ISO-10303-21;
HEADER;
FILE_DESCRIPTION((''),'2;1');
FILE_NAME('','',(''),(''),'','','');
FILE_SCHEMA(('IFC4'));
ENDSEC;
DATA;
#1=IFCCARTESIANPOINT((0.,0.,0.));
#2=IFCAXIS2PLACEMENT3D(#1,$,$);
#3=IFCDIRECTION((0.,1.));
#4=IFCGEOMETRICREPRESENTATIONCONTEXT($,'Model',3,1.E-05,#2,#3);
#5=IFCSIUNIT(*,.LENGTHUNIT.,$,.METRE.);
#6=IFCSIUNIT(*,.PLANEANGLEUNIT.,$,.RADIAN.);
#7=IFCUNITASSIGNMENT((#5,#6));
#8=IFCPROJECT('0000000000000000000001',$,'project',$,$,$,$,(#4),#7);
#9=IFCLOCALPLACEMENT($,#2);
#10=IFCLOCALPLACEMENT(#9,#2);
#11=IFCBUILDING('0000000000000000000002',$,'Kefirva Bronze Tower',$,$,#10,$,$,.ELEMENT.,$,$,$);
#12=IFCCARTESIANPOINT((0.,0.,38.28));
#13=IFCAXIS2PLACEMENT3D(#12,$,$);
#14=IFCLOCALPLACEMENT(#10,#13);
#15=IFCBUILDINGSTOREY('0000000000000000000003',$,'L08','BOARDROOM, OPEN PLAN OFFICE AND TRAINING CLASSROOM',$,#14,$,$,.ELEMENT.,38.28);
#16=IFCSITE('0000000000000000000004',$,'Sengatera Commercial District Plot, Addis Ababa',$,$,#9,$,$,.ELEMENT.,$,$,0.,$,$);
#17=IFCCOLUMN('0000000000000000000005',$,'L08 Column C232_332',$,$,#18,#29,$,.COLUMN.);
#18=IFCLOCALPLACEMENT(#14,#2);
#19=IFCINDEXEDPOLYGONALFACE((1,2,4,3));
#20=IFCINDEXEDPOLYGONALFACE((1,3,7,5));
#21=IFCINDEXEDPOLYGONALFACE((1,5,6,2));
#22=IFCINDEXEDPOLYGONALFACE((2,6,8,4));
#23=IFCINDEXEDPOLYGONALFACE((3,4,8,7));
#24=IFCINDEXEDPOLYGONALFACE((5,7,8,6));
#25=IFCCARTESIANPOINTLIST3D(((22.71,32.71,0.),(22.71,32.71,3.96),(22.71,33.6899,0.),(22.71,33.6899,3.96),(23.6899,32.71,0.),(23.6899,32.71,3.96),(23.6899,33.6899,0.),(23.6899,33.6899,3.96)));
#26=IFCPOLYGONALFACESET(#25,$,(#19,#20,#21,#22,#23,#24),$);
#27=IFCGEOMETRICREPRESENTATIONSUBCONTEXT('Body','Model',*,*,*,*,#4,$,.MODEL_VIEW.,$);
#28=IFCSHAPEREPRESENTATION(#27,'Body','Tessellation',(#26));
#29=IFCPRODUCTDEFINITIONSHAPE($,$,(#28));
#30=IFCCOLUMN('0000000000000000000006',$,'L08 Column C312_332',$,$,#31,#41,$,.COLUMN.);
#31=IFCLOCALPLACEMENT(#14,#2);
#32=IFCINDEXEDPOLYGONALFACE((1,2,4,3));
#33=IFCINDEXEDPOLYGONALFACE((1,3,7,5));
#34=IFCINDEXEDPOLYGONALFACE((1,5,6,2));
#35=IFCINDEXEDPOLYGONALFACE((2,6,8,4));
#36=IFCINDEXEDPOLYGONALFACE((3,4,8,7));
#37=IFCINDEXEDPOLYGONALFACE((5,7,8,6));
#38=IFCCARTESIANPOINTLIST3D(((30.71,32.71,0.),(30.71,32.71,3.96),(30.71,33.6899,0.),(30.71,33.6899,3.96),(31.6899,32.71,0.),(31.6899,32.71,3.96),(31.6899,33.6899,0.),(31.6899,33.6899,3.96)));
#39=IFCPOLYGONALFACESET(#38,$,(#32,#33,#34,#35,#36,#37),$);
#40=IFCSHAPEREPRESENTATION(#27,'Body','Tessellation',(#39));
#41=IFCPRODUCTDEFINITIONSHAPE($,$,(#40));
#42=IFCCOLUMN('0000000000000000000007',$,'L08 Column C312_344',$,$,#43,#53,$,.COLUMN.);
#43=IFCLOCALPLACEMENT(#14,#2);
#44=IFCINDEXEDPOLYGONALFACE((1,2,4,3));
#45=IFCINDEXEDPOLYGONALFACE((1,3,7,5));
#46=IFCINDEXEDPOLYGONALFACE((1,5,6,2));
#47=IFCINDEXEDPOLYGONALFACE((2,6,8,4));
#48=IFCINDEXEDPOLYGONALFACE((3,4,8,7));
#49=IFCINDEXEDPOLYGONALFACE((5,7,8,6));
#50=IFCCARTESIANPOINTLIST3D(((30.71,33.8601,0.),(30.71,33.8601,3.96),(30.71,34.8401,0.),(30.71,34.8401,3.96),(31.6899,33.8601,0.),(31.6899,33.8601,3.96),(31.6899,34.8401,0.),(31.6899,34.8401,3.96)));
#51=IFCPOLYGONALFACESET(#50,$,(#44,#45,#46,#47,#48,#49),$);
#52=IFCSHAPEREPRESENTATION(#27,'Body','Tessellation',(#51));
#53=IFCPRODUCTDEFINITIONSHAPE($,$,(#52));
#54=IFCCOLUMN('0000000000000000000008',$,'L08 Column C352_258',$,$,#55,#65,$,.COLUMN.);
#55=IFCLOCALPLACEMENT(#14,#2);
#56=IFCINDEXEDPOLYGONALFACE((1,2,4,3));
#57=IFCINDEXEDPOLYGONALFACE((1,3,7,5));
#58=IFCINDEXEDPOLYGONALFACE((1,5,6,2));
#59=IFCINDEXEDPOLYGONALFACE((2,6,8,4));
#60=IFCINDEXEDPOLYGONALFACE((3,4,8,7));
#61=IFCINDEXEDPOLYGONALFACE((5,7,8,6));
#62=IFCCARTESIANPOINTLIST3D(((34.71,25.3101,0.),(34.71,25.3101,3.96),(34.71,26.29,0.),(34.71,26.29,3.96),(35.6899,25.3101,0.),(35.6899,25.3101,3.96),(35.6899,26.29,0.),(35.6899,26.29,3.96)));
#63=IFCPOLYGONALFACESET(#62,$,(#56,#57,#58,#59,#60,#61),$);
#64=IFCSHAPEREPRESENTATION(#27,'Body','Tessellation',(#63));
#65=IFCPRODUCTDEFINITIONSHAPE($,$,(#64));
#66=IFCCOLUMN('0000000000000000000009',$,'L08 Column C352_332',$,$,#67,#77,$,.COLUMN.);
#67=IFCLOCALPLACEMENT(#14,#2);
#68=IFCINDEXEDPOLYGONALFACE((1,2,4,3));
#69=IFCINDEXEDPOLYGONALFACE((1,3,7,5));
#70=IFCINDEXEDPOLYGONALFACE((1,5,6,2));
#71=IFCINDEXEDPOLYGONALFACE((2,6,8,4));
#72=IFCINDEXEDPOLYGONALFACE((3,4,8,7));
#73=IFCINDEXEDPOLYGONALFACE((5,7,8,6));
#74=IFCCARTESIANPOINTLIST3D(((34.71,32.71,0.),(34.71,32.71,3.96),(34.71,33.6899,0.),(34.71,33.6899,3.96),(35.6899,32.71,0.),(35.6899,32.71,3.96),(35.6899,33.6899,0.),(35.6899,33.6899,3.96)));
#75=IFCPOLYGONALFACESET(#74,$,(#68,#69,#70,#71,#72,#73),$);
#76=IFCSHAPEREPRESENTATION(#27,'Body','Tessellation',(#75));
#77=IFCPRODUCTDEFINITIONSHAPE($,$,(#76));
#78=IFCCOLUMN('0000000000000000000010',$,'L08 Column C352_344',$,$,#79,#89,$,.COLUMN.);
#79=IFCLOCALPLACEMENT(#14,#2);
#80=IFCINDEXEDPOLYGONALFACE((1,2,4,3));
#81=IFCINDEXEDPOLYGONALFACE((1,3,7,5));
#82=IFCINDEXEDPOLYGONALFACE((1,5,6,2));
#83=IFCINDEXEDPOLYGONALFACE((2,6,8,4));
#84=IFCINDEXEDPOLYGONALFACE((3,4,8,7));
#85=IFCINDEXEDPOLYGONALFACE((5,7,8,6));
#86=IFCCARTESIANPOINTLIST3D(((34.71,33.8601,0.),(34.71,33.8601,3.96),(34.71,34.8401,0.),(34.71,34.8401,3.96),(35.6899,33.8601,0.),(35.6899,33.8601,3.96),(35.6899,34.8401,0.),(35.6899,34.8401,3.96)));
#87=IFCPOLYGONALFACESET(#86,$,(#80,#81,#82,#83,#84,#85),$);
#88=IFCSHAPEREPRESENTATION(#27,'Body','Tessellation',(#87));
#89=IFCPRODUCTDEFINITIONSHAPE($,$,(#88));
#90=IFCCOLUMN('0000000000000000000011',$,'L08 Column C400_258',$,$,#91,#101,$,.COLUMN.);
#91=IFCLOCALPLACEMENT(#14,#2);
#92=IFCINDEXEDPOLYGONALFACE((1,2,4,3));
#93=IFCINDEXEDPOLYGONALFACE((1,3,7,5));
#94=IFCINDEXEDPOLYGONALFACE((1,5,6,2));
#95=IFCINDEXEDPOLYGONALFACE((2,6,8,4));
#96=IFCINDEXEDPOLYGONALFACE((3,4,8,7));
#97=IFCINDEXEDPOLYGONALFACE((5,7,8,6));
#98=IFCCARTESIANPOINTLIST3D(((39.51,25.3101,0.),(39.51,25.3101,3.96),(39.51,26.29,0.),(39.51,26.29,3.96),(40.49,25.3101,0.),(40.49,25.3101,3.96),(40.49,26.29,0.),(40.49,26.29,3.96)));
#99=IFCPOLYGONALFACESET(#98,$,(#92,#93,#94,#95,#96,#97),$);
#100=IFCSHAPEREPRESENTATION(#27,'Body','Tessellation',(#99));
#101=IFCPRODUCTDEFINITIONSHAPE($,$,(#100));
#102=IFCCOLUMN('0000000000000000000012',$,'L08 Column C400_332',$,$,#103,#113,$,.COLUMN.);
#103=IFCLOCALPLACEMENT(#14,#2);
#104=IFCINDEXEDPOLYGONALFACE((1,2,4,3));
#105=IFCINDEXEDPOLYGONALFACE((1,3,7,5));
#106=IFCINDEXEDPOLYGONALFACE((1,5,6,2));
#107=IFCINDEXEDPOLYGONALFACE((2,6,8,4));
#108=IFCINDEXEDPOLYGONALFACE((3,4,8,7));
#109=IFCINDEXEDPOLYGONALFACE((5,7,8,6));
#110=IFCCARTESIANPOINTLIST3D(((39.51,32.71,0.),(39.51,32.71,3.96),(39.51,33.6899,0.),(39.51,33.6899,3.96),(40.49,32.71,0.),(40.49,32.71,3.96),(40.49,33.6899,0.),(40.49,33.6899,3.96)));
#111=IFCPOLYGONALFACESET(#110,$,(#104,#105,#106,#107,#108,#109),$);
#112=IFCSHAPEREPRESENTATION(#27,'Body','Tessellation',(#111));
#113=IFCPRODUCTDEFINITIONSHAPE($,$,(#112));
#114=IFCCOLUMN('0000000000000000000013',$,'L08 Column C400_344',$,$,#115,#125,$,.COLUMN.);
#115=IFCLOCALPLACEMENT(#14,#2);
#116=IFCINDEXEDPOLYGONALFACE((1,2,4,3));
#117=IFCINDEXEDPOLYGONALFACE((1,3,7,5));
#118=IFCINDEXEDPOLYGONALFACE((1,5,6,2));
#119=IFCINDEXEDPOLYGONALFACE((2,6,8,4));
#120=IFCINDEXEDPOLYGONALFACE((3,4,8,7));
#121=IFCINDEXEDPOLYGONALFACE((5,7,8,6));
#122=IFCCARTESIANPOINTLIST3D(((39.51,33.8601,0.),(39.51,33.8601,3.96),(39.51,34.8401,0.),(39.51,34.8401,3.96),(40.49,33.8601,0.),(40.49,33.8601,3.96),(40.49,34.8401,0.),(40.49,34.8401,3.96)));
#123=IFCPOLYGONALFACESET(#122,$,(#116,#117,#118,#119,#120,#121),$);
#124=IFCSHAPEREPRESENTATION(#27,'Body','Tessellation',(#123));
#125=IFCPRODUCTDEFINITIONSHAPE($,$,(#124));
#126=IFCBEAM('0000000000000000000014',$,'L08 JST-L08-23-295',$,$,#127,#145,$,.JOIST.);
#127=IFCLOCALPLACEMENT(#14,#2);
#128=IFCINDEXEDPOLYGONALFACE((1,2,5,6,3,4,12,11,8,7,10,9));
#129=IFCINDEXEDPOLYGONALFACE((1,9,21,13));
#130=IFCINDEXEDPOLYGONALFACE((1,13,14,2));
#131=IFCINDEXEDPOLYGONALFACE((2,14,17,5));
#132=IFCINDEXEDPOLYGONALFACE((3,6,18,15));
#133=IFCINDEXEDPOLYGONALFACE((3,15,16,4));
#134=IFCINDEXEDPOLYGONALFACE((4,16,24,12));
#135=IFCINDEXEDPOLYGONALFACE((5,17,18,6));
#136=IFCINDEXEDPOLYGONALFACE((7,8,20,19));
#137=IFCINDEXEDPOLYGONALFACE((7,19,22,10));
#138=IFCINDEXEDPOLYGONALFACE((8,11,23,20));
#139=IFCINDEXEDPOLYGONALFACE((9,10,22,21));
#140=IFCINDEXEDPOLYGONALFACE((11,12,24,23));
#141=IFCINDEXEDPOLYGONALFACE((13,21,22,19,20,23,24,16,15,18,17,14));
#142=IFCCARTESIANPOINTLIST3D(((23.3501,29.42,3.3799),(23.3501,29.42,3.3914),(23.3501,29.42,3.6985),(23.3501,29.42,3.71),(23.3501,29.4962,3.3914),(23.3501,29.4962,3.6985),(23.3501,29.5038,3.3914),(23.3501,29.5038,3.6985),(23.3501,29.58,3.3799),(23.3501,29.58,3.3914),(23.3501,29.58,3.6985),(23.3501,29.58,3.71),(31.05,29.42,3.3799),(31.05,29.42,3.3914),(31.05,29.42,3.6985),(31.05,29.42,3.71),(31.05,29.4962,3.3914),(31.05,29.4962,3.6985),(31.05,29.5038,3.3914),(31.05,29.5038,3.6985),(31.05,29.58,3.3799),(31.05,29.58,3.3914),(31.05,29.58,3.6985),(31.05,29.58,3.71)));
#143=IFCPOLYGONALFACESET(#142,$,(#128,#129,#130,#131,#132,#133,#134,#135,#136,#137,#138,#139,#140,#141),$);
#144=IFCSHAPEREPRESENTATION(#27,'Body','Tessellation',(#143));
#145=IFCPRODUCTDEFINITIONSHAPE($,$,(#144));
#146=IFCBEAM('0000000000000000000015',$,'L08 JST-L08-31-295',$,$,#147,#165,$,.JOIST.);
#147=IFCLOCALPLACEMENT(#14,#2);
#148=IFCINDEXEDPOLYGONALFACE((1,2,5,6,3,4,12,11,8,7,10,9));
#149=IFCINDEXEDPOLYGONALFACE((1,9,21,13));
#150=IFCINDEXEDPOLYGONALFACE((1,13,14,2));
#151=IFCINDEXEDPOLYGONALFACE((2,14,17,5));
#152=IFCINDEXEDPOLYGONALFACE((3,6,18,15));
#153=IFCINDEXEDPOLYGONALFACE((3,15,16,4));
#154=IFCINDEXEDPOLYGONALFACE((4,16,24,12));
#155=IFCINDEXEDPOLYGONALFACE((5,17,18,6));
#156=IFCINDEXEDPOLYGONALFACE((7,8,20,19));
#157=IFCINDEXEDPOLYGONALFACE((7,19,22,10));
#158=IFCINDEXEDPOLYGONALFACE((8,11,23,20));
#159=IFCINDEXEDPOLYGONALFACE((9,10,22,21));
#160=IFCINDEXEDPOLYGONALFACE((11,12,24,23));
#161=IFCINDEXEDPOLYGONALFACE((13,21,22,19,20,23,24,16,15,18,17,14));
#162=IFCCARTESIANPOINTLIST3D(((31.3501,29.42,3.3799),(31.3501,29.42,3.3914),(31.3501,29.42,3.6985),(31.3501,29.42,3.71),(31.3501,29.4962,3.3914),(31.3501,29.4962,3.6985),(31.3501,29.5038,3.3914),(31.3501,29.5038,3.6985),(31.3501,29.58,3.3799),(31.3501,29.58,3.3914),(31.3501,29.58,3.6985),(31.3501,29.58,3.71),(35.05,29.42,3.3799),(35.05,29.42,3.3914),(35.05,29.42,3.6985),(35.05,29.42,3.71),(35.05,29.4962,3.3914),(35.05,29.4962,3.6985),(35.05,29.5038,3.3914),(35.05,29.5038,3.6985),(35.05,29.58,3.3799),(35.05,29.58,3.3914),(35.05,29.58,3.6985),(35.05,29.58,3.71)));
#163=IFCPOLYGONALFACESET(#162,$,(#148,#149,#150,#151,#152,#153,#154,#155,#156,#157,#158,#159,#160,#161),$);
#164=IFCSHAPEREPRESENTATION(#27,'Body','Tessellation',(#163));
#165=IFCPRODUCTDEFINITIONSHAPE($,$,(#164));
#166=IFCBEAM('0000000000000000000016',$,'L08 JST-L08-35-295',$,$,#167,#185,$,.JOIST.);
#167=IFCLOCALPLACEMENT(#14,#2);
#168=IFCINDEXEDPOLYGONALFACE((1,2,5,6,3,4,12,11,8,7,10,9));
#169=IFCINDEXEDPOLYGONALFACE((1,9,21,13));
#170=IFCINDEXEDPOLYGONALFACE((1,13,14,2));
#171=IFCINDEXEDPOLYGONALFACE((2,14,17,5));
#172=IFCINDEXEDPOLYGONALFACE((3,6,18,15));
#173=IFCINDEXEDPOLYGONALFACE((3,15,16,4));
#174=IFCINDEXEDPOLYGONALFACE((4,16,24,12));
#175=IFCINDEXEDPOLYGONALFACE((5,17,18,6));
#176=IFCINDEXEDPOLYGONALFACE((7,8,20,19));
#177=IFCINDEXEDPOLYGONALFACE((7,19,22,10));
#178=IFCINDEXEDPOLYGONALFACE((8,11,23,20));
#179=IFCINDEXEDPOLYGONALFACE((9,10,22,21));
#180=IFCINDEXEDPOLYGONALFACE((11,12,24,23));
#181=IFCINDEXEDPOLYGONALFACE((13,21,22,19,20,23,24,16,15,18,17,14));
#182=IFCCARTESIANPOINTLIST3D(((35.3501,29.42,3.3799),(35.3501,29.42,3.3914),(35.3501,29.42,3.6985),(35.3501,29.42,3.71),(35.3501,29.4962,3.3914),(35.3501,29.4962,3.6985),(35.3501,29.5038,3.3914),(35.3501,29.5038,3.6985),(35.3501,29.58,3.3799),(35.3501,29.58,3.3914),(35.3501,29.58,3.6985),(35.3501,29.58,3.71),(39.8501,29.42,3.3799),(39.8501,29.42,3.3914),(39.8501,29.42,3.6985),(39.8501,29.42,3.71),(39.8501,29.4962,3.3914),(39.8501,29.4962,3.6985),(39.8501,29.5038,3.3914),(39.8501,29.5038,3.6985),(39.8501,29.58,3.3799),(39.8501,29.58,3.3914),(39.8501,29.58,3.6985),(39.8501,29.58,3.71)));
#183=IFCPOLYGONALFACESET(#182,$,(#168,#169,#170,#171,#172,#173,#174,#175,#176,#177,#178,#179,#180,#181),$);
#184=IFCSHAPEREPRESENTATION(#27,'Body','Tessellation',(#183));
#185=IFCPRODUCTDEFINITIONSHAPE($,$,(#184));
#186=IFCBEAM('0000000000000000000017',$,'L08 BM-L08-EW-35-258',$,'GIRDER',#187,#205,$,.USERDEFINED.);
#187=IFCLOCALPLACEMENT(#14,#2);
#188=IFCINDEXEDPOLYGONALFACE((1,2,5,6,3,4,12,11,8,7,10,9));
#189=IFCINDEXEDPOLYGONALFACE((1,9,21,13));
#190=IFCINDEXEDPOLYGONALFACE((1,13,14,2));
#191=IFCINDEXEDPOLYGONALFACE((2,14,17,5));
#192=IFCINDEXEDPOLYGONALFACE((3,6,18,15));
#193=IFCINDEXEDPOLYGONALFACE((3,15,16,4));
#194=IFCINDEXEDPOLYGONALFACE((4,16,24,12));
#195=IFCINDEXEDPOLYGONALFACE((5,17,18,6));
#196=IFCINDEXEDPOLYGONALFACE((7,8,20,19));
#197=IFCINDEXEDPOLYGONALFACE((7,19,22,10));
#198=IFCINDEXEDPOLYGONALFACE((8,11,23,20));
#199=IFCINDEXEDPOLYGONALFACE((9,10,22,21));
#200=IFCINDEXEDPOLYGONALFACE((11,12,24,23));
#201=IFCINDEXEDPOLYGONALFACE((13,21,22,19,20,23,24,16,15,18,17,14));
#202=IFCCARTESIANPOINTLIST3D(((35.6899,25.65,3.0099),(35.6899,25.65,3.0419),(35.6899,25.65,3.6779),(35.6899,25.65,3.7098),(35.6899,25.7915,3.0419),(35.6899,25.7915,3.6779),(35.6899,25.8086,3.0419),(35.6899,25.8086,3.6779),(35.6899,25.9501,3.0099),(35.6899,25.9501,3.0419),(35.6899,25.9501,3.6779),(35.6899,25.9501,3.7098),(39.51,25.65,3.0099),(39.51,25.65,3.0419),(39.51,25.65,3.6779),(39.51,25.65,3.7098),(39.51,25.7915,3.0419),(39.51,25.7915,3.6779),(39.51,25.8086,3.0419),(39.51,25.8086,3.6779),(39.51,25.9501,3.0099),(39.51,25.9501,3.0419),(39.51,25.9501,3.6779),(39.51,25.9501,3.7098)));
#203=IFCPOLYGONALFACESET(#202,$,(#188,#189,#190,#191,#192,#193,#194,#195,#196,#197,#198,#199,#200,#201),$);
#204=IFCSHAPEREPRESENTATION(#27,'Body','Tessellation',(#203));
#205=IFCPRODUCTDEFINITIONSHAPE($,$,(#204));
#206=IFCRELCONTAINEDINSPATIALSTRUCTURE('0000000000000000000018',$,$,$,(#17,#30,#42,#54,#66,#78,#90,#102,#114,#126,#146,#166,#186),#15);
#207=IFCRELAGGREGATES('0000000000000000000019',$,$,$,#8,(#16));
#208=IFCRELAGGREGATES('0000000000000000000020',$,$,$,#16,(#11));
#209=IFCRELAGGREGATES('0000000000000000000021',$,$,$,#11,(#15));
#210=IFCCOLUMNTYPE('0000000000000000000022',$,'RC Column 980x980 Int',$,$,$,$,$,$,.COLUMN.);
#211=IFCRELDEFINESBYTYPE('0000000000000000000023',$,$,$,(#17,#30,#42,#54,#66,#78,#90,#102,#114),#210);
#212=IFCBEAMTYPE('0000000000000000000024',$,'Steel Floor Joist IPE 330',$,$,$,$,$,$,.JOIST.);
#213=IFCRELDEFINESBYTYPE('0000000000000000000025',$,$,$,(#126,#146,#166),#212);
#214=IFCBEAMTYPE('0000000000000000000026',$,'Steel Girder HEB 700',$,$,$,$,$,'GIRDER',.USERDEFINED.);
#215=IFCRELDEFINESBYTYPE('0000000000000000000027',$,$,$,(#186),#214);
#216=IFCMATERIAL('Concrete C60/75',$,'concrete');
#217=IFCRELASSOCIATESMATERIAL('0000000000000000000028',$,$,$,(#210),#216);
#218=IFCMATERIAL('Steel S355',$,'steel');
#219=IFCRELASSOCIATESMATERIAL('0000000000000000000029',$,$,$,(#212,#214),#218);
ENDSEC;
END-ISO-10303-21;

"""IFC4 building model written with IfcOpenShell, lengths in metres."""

from ifc_helpers import new_model, si_unit, direction, frame, origin, origin_2d, place, context, subcontext, project, spatial, rectangle, i_section, extrude, material, material_profile, profile_set, type_object, element, save


model = new_model("IFC4")

# Units and contexts
model_context = context("Model", 3, precision=1e-05, world=origin(), true_north=direction((0.0, 1.0)))
body_context = subcontext(model_context, "Body", "Model", "MODEL_VIEW")
ifc_project = project(units=[si_unit("LENGTHUNIT", "METRE"), si_unit("PLANEANGLEUNIT", "RADIAN")], contexts=[model_context])

# Site, building, storey
site_placement = place(None, origin())
site = spatial("IfcSite", under=ifc_project, at=site_placement, Name="Sengatera Commercial District Plot, Addis Ababa", CompositionType="ELEMENT", RefElevation=0.0)
building_placement = place(site_placement, origin())
building = spatial("IfcBuilding", under=site, at=building_placement, Name="Kefirva Bronze Tower", CompositionType="ELEMENT")
storey_placement = place(building_placement, frame((0.0, 0.0, 38.28)))
storey = spatial("IfcBuildingStorey", under=building, at=storey_placement, Name="L08", Description="BOARDROOM, OPEN PLAN OFFICE AND TRAINING CLASSROOM", CompositionType="ELEMENT", Elevation=38.28)

# Columns
ifc_material_1 = material(Name="Concrete C60/75", Category="concrete")
ifc_material_profile_1 = material_profile(ifc_material_1, rectangle(XDim=0.98, YDim=0.98, at=origin_2d()), Name="RC 980x980")
ifc_profile_set_1 = profile_set([ifc_material_profile_1], Name="Concrete C60/75")
column_type = type_object("IfcColumnType", Name="RC Column 980x980 Int", PredefinedType="COLUMN", material=ifc_profile_set_1)
for number, where, z_axis, x_axis, name in (
    (1, (23.2, 33.2, 0.0), (0.0, 0.0, 1.0), (1.0, 0.0, 0.0), "L08 Column C232_332"),
    (2, (31.2, 33.2, 0.0), (0.0, 0.0, 1.0), (1.0, 0.0, 0.0), "L08 Column C312_332"),
    (3, (31.2, 34.3501, 0.0), (0.0, 0.0, 1.0), (1.0, 0.0, 0.0), "L08 Column C312_344"),
    (4, (35.2, 25.8, 0.0), (0.0, 0.0, 1.0), (1.0, 0.0, 0.0), "L08 Column C352_258"),
    (5, (35.2, 33.2, 0.0), (0.0, 0.0, 1.0), (1.0, 0.0, 0.0), "L08 Column C352_332"),
    (6, (35.2, 34.3501, 0.0), (0.0, 0.0, 1.0), (1.0, 0.0, 0.0), "L08 Column C352_344"),
    (7, (40.0, 25.8, 0.0), (0.0, 0.0, 1.0), (1.0, 0.0, 0.0), "L08 Column C400_258"),
    (8, (40.0, 33.2, 0.0), (0.0, 0.0, 1.0), (1.0, 0.0, 0.0), "L08 Column C400_332"),
    (9, (40.0, 34.3501, 0.0), (0.0, 0.0, 1.0), (1.0, 0.0, 0.0), "L08 Column C400_344"),
):
    element("IfcColumn", number, at=place(storey_placement, frame(where, z_axis=z_axis, x_axis=x_axis)), inside=storey, type_object=column_type, Name=name, PredefinedType="COLUMN", context=body_context, shape_type="SweptSolid", body=[
        extrude(rectangle(XDim=0.98, YDim=0.98, at=origin_2d()), origin(), (0.0, 0.0, 1.0), 3.96),
    ])

# Beams
ifc_material_2 = material(Name="Steel S355", Category="steel")
ifc_material_profile_2 = material_profile(ifc_material_2, i_section(OverallWidth=0.1599, OverallDepth=0.3301, WebThickness=0.0076, FlangeThickness=0.0115, at=origin_2d()), Name="IPE 330")
ifc_profile_set_2 = profile_set([ifc_material_profile_2], Name="Steel S355")
beam_type_1 = type_object("IfcBeamType", Name="Steel Floor Joist IPE 330", PredefinedType="JOIST", material=ifc_profile_set_2)
beam_1_placement = place(storey_placement, frame((23.3501, 29.5, 3.5449), z_axis=(1.0, 0.0, 0.0), x_axis=(0.0, 1.0, 0.0)))
element("IfcBeam", 10, at=beam_1_placement, inside=storey, type_object=beam_type_1, Name="L08 JST-L08-23-295", PredefinedType="JOIST", context=body_context, shape_type="SweptSolid", body=[
    extrude(i_section(OverallWidth=0.1599, OverallDepth=0.3301, WebThickness=0.0076, FlangeThickness=0.0115, at=origin_2d()), origin(), (0.0, 0.0, 1.0), 7.7),
])
beam_2_placement = place(storey_placement, frame((31.3501, 29.5, 3.5449), z_axis=(1.0, 0.0, 0.0), x_axis=(0.0, 1.0, 0.0)))
element("IfcBeam", 11, at=beam_2_placement, inside=storey, type_object=beam_type_1, Name="L08 JST-L08-31-295", PredefinedType="JOIST", context=body_context, shape_type="SweptSolid", body=[
    extrude(i_section(OverallWidth=0.1599, OverallDepth=0.3301, WebThickness=0.0076, FlangeThickness=0.0115, at=origin_2d()), origin(), (0.0, 0.0, 1.0), 3.7),
])
beam_3_placement = place(storey_placement, frame((35.3501, 29.5, 3.5449), z_axis=(1.0, 0.0, 0.0), x_axis=(0.0, 1.0, 0.0)))
element("IfcBeam", 12, at=beam_3_placement, inside=storey, type_object=beam_type_1, Name="L08 JST-L08-35-295", PredefinedType="JOIST", context=body_context, shape_type="SweptSolid", body=[
    extrude(i_section(OverallWidth=0.1599, OverallDepth=0.3301, WebThickness=0.0076, FlangeThickness=0.0115, at=origin_2d()), origin(), (0.0, 0.0, 1.0), 4.5),
])
ifc_material_profile_3 = material_profile(ifc_material_2, i_section(OverallWidth=0.3, OverallDepth=0.7, WebThickness=0.0171, FlangeThickness=0.032, at=origin_2d()), Name="HEB 700")
ifc_profile_set_3 = profile_set([ifc_material_profile_3], Name="Steel S355")
beam_type_2 = type_object("IfcBeamType", Name="Steel Girder HEB 700", ElementType="GIRDER", PredefinedType="USERDEFINED", material=ifc_profile_set_3)
beam_4_placement = place(storey_placement, frame((35.6899, 25.8, 3.3599), z_axis=(1.0, 0.0, 0.0), x_axis=(0.0, 1.0, 0.0)))
element("IfcBeam", 13, at=beam_4_placement, inside=storey, type_object=beam_type_2, Name="L08 BM-L08-EW-35-258", ObjectType="GIRDER", PredefinedType="USERDEFINED", context=body_context, shape_type="SweptSolid", body=[
    extrude(i_section(OverallWidth=0.3, OverallDepth=0.7, WebThickness=0.0171, FlangeThickness=0.032, at=origin_2d()), origin(), (0.0, 0.0, 1.0), 3.8201),
])

save(model, "model.ifc")
